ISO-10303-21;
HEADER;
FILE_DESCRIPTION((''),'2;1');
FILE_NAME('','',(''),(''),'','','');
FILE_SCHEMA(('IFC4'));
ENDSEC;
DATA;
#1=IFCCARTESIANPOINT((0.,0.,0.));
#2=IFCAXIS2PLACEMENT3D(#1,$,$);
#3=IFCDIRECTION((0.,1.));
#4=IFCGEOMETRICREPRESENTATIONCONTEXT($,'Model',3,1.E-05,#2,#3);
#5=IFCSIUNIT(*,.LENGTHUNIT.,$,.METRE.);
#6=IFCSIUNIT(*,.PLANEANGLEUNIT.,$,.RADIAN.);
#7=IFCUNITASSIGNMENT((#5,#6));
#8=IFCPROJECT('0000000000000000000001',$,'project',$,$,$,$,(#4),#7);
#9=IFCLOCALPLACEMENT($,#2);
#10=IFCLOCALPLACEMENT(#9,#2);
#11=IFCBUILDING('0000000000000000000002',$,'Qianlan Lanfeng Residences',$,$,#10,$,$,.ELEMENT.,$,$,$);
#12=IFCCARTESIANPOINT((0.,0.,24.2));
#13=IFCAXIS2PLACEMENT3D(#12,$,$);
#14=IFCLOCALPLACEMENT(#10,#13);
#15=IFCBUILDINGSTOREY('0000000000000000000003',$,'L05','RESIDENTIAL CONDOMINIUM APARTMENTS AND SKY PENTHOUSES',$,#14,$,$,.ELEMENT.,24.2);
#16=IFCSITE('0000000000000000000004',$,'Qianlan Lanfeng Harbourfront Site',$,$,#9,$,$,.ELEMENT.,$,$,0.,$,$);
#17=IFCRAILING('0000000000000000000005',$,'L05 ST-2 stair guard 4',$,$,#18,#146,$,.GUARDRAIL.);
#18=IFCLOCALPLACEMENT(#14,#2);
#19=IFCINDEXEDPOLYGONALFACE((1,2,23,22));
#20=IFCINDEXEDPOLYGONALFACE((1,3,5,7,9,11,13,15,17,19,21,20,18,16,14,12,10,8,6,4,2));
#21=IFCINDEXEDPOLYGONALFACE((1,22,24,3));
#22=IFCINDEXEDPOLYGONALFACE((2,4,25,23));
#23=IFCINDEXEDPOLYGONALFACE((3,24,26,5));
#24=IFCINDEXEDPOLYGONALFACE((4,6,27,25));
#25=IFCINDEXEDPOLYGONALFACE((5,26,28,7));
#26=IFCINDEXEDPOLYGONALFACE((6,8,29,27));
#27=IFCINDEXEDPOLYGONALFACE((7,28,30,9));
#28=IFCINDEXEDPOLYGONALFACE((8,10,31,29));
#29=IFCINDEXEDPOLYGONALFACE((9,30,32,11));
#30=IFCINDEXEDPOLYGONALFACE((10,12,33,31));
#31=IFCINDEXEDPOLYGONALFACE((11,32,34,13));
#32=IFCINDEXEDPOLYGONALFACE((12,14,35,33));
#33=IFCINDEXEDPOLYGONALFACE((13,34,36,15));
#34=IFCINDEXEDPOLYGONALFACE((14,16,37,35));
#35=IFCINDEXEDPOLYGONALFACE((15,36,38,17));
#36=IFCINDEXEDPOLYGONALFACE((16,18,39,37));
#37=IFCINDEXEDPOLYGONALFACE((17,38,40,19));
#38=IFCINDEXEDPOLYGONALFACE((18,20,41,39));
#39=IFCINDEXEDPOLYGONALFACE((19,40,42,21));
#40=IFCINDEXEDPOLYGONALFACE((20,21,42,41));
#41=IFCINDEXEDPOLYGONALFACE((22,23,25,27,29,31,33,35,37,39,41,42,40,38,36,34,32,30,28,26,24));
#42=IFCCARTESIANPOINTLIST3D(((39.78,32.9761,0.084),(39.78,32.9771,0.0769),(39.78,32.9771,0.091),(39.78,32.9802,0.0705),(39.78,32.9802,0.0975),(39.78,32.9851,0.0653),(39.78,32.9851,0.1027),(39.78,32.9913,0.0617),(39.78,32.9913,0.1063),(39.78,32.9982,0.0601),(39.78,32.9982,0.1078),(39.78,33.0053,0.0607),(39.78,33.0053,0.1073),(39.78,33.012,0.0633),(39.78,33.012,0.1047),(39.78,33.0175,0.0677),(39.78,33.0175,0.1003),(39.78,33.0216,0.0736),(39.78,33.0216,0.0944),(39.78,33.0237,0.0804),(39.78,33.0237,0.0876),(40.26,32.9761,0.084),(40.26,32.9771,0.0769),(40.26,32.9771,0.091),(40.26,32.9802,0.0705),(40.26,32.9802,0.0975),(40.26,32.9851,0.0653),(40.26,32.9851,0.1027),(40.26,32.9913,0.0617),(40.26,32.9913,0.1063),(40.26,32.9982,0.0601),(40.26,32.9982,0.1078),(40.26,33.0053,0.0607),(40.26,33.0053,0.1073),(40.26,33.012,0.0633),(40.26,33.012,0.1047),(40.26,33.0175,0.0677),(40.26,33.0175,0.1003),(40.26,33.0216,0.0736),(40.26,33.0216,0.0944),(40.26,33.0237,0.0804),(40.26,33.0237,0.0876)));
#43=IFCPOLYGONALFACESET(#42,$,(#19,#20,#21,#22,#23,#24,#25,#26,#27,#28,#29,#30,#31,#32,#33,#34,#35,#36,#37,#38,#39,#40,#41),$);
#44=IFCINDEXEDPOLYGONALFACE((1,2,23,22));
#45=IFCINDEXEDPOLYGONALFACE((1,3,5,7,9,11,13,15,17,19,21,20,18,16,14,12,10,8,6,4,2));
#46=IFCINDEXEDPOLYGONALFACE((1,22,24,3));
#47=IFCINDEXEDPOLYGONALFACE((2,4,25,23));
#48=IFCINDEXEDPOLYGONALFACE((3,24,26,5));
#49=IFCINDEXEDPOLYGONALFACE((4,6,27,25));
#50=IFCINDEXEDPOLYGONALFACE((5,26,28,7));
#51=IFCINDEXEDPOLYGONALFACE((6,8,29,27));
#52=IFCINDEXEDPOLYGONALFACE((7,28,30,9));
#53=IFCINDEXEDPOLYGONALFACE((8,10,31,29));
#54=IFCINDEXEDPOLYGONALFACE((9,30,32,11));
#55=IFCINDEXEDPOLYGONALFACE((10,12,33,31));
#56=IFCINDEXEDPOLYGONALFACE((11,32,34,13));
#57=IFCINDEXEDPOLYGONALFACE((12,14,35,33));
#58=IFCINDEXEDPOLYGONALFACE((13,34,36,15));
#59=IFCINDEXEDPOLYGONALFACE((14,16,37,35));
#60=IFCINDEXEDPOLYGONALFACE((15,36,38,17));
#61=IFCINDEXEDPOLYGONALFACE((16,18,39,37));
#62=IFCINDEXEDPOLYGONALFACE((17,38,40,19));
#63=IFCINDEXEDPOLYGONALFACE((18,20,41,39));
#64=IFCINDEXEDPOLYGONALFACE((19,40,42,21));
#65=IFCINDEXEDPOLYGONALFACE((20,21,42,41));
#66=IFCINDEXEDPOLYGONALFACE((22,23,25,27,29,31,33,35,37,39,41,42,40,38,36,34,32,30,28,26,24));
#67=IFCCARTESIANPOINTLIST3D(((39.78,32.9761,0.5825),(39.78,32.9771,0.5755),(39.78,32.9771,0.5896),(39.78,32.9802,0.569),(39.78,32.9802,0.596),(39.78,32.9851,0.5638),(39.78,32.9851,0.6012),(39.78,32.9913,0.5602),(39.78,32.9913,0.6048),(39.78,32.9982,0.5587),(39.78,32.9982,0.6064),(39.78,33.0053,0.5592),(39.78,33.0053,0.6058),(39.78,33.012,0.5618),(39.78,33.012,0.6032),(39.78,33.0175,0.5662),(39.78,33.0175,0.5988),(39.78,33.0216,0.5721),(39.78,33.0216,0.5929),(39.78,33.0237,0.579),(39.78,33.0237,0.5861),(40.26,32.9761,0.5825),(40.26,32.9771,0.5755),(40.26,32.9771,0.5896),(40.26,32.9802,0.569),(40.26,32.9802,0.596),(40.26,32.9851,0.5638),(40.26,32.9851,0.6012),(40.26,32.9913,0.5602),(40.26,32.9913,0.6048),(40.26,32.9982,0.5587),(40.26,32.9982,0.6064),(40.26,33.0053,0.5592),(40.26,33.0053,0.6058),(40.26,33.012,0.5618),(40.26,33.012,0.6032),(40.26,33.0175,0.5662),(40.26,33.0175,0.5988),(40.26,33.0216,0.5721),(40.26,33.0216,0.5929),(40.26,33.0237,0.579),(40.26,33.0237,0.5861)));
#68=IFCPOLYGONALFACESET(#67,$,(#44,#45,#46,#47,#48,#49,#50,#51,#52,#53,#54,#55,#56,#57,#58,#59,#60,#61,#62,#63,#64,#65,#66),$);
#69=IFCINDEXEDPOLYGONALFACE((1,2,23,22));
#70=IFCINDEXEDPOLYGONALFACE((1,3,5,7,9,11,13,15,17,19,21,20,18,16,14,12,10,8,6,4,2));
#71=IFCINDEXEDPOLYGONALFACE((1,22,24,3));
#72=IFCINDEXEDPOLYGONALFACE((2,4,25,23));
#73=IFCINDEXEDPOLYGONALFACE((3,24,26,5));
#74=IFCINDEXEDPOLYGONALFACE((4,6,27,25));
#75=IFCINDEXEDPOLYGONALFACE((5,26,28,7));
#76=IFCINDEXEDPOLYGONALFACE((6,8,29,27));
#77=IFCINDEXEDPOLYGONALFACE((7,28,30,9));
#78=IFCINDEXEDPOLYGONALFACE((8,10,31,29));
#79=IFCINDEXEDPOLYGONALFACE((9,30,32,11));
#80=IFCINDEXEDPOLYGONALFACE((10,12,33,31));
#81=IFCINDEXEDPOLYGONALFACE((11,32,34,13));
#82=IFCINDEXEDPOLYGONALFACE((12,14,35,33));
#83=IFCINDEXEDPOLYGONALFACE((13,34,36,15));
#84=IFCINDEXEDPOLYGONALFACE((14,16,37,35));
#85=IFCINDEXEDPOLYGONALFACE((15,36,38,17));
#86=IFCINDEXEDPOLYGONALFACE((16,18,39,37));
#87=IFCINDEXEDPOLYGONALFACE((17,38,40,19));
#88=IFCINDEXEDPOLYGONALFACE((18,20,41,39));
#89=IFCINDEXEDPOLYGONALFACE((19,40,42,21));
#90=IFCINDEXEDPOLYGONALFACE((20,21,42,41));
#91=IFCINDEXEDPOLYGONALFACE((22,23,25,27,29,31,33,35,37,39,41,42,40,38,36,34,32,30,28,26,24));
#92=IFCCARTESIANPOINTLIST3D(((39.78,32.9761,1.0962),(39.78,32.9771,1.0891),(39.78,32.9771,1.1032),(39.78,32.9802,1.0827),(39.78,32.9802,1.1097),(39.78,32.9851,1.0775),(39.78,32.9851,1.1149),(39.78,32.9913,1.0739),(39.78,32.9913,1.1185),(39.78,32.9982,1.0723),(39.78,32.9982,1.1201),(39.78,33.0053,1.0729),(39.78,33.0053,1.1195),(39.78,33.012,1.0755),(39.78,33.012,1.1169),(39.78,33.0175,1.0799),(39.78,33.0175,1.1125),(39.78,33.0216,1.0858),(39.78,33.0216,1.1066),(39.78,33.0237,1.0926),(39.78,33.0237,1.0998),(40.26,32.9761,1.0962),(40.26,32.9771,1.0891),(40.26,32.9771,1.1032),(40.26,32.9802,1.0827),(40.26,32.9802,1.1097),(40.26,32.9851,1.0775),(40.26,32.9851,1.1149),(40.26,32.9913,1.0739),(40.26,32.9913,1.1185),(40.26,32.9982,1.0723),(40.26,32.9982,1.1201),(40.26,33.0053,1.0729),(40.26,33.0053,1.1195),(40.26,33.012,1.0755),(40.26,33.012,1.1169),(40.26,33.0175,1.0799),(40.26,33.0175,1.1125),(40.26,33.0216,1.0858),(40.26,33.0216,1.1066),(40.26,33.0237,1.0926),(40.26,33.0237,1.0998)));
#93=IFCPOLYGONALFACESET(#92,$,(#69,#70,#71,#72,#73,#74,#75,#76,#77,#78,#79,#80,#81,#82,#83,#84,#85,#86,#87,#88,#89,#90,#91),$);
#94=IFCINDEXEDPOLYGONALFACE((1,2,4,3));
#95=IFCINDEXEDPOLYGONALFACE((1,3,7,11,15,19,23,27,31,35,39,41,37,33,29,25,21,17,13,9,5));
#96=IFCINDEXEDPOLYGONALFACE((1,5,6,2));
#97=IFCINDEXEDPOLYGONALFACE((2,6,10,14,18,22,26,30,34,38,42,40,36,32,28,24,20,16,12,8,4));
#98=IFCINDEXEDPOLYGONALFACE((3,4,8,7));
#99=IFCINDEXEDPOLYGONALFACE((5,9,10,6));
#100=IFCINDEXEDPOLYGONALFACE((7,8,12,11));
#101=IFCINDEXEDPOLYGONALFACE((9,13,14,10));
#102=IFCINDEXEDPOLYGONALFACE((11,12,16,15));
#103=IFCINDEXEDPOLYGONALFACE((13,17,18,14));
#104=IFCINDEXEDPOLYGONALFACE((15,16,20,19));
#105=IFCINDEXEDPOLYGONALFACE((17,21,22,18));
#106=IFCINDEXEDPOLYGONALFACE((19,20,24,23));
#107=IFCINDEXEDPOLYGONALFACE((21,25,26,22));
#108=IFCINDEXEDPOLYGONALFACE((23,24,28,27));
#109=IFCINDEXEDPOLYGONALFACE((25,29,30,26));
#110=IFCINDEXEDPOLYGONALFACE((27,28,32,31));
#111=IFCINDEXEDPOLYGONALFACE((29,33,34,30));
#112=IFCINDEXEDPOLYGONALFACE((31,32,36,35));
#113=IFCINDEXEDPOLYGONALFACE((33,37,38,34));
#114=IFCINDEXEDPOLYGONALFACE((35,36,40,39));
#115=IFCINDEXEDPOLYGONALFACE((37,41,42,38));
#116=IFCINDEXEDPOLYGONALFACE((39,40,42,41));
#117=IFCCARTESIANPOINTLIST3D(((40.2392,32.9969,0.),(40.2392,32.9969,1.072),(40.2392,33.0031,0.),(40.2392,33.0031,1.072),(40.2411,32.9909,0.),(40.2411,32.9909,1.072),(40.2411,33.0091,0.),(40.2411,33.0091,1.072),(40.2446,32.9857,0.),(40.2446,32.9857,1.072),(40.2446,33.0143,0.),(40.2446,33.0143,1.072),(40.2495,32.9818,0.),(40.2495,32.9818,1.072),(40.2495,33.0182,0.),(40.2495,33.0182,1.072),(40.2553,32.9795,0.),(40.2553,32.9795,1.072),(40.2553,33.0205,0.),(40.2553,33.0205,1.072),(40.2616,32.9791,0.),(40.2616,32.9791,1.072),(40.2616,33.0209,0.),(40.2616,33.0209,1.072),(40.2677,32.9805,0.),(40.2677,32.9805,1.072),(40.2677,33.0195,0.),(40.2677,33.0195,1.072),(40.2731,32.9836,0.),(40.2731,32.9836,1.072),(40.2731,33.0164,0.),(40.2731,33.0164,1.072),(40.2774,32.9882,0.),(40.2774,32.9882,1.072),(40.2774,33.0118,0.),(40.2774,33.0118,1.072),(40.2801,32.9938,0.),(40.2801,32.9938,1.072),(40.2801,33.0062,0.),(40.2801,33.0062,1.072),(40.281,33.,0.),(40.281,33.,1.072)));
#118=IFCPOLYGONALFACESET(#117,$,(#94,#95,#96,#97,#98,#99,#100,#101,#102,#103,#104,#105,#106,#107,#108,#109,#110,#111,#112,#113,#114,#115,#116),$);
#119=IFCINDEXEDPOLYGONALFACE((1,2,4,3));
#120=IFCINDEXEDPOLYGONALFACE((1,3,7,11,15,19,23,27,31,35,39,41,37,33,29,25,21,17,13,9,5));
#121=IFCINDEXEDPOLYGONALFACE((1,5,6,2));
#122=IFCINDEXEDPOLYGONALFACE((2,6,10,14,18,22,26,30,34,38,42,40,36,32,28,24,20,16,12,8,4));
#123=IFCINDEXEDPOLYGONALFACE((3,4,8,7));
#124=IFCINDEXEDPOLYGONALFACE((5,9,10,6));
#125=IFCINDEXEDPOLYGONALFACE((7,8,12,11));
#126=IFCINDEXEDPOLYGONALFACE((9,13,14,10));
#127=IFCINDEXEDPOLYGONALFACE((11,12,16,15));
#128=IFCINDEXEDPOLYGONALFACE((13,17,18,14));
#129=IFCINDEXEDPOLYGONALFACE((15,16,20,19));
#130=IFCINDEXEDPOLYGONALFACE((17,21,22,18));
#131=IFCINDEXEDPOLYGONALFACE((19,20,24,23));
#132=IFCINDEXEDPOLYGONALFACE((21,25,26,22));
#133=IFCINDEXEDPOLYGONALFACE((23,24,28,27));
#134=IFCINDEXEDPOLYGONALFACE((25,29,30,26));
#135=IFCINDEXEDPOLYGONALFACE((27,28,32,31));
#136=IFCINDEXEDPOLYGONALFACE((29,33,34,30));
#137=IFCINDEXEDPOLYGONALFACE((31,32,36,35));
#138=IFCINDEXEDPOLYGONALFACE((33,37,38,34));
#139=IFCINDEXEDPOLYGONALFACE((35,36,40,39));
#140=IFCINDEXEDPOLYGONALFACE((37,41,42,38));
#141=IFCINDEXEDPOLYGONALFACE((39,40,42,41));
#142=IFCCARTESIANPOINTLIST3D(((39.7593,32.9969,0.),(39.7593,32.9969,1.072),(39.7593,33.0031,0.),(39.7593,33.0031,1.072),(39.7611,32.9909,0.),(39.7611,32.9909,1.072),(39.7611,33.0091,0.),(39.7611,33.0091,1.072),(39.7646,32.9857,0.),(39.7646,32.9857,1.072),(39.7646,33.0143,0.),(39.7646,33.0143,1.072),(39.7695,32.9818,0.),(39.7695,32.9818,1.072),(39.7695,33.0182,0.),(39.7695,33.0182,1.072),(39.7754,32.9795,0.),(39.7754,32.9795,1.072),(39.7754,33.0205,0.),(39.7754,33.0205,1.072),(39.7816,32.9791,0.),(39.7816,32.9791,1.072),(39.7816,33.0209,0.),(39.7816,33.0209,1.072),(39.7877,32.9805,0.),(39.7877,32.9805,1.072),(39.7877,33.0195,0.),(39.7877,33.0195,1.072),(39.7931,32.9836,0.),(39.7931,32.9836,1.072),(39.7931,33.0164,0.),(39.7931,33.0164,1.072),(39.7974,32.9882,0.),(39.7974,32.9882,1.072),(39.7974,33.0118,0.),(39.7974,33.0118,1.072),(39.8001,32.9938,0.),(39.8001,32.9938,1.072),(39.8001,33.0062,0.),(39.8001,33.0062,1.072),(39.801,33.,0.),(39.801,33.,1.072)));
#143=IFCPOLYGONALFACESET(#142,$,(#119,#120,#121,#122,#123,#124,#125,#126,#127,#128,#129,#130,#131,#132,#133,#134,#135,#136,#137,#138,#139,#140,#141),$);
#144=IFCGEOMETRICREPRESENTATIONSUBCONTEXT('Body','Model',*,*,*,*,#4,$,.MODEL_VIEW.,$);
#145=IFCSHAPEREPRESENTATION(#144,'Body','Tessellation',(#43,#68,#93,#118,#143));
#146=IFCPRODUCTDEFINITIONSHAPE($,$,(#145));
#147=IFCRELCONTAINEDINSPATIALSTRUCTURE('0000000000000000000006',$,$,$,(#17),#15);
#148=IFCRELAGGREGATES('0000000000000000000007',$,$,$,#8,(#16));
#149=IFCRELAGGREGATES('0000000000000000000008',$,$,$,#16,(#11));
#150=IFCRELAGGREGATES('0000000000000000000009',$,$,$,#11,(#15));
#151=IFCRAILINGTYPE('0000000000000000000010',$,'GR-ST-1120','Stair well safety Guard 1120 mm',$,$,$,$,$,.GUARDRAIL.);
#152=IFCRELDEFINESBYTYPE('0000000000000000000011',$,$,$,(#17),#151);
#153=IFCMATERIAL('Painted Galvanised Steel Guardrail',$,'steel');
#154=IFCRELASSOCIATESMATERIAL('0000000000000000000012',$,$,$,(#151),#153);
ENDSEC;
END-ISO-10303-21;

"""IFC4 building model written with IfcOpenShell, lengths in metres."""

from ifc_helpers import new_model, si_unit, direction, frame, origin, origin_2d, place, context, subcontext, project, spatial, circle, extrude, material, type_object, element, save


model = new_model("IFC4")

# Units and contexts
model_context = context("Model", 3, precision=1e-05, world=origin(), true_north=direction((0.0, 1.0)))
body_context = subcontext(model_context, "Body", "Model", "MODEL_VIEW")
ifc_project = project(units=[si_unit("LENGTHUNIT", "METRE"), si_unit("PLANEANGLEUNIT", "RADIAN")], contexts=[model_context])

# Site, building, storey
site_placement = place(None, origin())
site = spatial("IfcSite", under=ifc_project, at=site_placement, Name="Qianlan Lanfeng Harbourfront Site", CompositionType="ELEMENT", RefElevation=0.0)
building_placement = place(site_placement, origin())
building = spatial("IfcBuilding", under=site, at=building_placement, Name="Qianlan Lanfeng Residences", CompositionType="ELEMENT")
storey_placement = place(building_placement, frame((0.0, 0.0, 24.2)))
storey = spatial("IfcBuildingStorey", under=building, at=storey_placement, Name="L05", Description="RESIDENTIAL CONDOMINIUM APARTMENTS AND SKY PENTHOUSES", CompositionType="ELEMENT", Elevation=24.2)

# Railing
ifc_material_1 = material(Name="Painted Galvanised Steel Guardrail", Category="steel")
railing_type_1 = type_object("IfcRailingType", Name="GR-ST-1120", Description="Stair well safety Guard 1120 mm", PredefinedType="GUARDRAIL", material=ifc_material_1)
railing_1_placement = place(storey_placement, frame((40.26, 33.0, 0.0)))
element("IfcRailing", 1, at=railing_1_placement, inside=storey, type_object=railing_type_1, Name="L05 ST-2 stair guard 4", PredefinedType="GUARDRAIL", context=body_context, shape_type="SweptSolid", body=[
    extrude(circle(Radius=0.0239, at=origin_2d()), frame((0.0, 0.0, 0.084), z_axis=(-1.0, 0.0, 0.0), x_axis=(0.0, -1.0, 0.0)), (0.0, 0.0, 1.0), 0.48),
    extrude(circle(Radius=0.0239, at=origin_2d()), frame((0.0, 0.0, 0.5825), z_axis=(-1.0, 0.0, 0.0), x_axis=(0.0, -1.0, 0.0)), (0.0, 0.0, 1.0), 0.48),
    extrude(circle(Radius=0.0239, at=origin_2d()), frame((0.0, 0.0, 1.0962), z_axis=(-1.0, 0.0, 0.0), x_axis=(0.0, -1.0, 0.0)), (0.0, 0.0, 1.0), 0.48),
    extrude(circle(Radius=0.021, at=origin_2d()), origin(), (0.0, 0.0, 1.0), 1.072),
    extrude(circle(Radius=0.021, at=origin_2d()), frame((-0.48, 0.0, 0.0)), (0.0, 0.0, 1.0), 1.072),
])

save(model, "model.ifc")
